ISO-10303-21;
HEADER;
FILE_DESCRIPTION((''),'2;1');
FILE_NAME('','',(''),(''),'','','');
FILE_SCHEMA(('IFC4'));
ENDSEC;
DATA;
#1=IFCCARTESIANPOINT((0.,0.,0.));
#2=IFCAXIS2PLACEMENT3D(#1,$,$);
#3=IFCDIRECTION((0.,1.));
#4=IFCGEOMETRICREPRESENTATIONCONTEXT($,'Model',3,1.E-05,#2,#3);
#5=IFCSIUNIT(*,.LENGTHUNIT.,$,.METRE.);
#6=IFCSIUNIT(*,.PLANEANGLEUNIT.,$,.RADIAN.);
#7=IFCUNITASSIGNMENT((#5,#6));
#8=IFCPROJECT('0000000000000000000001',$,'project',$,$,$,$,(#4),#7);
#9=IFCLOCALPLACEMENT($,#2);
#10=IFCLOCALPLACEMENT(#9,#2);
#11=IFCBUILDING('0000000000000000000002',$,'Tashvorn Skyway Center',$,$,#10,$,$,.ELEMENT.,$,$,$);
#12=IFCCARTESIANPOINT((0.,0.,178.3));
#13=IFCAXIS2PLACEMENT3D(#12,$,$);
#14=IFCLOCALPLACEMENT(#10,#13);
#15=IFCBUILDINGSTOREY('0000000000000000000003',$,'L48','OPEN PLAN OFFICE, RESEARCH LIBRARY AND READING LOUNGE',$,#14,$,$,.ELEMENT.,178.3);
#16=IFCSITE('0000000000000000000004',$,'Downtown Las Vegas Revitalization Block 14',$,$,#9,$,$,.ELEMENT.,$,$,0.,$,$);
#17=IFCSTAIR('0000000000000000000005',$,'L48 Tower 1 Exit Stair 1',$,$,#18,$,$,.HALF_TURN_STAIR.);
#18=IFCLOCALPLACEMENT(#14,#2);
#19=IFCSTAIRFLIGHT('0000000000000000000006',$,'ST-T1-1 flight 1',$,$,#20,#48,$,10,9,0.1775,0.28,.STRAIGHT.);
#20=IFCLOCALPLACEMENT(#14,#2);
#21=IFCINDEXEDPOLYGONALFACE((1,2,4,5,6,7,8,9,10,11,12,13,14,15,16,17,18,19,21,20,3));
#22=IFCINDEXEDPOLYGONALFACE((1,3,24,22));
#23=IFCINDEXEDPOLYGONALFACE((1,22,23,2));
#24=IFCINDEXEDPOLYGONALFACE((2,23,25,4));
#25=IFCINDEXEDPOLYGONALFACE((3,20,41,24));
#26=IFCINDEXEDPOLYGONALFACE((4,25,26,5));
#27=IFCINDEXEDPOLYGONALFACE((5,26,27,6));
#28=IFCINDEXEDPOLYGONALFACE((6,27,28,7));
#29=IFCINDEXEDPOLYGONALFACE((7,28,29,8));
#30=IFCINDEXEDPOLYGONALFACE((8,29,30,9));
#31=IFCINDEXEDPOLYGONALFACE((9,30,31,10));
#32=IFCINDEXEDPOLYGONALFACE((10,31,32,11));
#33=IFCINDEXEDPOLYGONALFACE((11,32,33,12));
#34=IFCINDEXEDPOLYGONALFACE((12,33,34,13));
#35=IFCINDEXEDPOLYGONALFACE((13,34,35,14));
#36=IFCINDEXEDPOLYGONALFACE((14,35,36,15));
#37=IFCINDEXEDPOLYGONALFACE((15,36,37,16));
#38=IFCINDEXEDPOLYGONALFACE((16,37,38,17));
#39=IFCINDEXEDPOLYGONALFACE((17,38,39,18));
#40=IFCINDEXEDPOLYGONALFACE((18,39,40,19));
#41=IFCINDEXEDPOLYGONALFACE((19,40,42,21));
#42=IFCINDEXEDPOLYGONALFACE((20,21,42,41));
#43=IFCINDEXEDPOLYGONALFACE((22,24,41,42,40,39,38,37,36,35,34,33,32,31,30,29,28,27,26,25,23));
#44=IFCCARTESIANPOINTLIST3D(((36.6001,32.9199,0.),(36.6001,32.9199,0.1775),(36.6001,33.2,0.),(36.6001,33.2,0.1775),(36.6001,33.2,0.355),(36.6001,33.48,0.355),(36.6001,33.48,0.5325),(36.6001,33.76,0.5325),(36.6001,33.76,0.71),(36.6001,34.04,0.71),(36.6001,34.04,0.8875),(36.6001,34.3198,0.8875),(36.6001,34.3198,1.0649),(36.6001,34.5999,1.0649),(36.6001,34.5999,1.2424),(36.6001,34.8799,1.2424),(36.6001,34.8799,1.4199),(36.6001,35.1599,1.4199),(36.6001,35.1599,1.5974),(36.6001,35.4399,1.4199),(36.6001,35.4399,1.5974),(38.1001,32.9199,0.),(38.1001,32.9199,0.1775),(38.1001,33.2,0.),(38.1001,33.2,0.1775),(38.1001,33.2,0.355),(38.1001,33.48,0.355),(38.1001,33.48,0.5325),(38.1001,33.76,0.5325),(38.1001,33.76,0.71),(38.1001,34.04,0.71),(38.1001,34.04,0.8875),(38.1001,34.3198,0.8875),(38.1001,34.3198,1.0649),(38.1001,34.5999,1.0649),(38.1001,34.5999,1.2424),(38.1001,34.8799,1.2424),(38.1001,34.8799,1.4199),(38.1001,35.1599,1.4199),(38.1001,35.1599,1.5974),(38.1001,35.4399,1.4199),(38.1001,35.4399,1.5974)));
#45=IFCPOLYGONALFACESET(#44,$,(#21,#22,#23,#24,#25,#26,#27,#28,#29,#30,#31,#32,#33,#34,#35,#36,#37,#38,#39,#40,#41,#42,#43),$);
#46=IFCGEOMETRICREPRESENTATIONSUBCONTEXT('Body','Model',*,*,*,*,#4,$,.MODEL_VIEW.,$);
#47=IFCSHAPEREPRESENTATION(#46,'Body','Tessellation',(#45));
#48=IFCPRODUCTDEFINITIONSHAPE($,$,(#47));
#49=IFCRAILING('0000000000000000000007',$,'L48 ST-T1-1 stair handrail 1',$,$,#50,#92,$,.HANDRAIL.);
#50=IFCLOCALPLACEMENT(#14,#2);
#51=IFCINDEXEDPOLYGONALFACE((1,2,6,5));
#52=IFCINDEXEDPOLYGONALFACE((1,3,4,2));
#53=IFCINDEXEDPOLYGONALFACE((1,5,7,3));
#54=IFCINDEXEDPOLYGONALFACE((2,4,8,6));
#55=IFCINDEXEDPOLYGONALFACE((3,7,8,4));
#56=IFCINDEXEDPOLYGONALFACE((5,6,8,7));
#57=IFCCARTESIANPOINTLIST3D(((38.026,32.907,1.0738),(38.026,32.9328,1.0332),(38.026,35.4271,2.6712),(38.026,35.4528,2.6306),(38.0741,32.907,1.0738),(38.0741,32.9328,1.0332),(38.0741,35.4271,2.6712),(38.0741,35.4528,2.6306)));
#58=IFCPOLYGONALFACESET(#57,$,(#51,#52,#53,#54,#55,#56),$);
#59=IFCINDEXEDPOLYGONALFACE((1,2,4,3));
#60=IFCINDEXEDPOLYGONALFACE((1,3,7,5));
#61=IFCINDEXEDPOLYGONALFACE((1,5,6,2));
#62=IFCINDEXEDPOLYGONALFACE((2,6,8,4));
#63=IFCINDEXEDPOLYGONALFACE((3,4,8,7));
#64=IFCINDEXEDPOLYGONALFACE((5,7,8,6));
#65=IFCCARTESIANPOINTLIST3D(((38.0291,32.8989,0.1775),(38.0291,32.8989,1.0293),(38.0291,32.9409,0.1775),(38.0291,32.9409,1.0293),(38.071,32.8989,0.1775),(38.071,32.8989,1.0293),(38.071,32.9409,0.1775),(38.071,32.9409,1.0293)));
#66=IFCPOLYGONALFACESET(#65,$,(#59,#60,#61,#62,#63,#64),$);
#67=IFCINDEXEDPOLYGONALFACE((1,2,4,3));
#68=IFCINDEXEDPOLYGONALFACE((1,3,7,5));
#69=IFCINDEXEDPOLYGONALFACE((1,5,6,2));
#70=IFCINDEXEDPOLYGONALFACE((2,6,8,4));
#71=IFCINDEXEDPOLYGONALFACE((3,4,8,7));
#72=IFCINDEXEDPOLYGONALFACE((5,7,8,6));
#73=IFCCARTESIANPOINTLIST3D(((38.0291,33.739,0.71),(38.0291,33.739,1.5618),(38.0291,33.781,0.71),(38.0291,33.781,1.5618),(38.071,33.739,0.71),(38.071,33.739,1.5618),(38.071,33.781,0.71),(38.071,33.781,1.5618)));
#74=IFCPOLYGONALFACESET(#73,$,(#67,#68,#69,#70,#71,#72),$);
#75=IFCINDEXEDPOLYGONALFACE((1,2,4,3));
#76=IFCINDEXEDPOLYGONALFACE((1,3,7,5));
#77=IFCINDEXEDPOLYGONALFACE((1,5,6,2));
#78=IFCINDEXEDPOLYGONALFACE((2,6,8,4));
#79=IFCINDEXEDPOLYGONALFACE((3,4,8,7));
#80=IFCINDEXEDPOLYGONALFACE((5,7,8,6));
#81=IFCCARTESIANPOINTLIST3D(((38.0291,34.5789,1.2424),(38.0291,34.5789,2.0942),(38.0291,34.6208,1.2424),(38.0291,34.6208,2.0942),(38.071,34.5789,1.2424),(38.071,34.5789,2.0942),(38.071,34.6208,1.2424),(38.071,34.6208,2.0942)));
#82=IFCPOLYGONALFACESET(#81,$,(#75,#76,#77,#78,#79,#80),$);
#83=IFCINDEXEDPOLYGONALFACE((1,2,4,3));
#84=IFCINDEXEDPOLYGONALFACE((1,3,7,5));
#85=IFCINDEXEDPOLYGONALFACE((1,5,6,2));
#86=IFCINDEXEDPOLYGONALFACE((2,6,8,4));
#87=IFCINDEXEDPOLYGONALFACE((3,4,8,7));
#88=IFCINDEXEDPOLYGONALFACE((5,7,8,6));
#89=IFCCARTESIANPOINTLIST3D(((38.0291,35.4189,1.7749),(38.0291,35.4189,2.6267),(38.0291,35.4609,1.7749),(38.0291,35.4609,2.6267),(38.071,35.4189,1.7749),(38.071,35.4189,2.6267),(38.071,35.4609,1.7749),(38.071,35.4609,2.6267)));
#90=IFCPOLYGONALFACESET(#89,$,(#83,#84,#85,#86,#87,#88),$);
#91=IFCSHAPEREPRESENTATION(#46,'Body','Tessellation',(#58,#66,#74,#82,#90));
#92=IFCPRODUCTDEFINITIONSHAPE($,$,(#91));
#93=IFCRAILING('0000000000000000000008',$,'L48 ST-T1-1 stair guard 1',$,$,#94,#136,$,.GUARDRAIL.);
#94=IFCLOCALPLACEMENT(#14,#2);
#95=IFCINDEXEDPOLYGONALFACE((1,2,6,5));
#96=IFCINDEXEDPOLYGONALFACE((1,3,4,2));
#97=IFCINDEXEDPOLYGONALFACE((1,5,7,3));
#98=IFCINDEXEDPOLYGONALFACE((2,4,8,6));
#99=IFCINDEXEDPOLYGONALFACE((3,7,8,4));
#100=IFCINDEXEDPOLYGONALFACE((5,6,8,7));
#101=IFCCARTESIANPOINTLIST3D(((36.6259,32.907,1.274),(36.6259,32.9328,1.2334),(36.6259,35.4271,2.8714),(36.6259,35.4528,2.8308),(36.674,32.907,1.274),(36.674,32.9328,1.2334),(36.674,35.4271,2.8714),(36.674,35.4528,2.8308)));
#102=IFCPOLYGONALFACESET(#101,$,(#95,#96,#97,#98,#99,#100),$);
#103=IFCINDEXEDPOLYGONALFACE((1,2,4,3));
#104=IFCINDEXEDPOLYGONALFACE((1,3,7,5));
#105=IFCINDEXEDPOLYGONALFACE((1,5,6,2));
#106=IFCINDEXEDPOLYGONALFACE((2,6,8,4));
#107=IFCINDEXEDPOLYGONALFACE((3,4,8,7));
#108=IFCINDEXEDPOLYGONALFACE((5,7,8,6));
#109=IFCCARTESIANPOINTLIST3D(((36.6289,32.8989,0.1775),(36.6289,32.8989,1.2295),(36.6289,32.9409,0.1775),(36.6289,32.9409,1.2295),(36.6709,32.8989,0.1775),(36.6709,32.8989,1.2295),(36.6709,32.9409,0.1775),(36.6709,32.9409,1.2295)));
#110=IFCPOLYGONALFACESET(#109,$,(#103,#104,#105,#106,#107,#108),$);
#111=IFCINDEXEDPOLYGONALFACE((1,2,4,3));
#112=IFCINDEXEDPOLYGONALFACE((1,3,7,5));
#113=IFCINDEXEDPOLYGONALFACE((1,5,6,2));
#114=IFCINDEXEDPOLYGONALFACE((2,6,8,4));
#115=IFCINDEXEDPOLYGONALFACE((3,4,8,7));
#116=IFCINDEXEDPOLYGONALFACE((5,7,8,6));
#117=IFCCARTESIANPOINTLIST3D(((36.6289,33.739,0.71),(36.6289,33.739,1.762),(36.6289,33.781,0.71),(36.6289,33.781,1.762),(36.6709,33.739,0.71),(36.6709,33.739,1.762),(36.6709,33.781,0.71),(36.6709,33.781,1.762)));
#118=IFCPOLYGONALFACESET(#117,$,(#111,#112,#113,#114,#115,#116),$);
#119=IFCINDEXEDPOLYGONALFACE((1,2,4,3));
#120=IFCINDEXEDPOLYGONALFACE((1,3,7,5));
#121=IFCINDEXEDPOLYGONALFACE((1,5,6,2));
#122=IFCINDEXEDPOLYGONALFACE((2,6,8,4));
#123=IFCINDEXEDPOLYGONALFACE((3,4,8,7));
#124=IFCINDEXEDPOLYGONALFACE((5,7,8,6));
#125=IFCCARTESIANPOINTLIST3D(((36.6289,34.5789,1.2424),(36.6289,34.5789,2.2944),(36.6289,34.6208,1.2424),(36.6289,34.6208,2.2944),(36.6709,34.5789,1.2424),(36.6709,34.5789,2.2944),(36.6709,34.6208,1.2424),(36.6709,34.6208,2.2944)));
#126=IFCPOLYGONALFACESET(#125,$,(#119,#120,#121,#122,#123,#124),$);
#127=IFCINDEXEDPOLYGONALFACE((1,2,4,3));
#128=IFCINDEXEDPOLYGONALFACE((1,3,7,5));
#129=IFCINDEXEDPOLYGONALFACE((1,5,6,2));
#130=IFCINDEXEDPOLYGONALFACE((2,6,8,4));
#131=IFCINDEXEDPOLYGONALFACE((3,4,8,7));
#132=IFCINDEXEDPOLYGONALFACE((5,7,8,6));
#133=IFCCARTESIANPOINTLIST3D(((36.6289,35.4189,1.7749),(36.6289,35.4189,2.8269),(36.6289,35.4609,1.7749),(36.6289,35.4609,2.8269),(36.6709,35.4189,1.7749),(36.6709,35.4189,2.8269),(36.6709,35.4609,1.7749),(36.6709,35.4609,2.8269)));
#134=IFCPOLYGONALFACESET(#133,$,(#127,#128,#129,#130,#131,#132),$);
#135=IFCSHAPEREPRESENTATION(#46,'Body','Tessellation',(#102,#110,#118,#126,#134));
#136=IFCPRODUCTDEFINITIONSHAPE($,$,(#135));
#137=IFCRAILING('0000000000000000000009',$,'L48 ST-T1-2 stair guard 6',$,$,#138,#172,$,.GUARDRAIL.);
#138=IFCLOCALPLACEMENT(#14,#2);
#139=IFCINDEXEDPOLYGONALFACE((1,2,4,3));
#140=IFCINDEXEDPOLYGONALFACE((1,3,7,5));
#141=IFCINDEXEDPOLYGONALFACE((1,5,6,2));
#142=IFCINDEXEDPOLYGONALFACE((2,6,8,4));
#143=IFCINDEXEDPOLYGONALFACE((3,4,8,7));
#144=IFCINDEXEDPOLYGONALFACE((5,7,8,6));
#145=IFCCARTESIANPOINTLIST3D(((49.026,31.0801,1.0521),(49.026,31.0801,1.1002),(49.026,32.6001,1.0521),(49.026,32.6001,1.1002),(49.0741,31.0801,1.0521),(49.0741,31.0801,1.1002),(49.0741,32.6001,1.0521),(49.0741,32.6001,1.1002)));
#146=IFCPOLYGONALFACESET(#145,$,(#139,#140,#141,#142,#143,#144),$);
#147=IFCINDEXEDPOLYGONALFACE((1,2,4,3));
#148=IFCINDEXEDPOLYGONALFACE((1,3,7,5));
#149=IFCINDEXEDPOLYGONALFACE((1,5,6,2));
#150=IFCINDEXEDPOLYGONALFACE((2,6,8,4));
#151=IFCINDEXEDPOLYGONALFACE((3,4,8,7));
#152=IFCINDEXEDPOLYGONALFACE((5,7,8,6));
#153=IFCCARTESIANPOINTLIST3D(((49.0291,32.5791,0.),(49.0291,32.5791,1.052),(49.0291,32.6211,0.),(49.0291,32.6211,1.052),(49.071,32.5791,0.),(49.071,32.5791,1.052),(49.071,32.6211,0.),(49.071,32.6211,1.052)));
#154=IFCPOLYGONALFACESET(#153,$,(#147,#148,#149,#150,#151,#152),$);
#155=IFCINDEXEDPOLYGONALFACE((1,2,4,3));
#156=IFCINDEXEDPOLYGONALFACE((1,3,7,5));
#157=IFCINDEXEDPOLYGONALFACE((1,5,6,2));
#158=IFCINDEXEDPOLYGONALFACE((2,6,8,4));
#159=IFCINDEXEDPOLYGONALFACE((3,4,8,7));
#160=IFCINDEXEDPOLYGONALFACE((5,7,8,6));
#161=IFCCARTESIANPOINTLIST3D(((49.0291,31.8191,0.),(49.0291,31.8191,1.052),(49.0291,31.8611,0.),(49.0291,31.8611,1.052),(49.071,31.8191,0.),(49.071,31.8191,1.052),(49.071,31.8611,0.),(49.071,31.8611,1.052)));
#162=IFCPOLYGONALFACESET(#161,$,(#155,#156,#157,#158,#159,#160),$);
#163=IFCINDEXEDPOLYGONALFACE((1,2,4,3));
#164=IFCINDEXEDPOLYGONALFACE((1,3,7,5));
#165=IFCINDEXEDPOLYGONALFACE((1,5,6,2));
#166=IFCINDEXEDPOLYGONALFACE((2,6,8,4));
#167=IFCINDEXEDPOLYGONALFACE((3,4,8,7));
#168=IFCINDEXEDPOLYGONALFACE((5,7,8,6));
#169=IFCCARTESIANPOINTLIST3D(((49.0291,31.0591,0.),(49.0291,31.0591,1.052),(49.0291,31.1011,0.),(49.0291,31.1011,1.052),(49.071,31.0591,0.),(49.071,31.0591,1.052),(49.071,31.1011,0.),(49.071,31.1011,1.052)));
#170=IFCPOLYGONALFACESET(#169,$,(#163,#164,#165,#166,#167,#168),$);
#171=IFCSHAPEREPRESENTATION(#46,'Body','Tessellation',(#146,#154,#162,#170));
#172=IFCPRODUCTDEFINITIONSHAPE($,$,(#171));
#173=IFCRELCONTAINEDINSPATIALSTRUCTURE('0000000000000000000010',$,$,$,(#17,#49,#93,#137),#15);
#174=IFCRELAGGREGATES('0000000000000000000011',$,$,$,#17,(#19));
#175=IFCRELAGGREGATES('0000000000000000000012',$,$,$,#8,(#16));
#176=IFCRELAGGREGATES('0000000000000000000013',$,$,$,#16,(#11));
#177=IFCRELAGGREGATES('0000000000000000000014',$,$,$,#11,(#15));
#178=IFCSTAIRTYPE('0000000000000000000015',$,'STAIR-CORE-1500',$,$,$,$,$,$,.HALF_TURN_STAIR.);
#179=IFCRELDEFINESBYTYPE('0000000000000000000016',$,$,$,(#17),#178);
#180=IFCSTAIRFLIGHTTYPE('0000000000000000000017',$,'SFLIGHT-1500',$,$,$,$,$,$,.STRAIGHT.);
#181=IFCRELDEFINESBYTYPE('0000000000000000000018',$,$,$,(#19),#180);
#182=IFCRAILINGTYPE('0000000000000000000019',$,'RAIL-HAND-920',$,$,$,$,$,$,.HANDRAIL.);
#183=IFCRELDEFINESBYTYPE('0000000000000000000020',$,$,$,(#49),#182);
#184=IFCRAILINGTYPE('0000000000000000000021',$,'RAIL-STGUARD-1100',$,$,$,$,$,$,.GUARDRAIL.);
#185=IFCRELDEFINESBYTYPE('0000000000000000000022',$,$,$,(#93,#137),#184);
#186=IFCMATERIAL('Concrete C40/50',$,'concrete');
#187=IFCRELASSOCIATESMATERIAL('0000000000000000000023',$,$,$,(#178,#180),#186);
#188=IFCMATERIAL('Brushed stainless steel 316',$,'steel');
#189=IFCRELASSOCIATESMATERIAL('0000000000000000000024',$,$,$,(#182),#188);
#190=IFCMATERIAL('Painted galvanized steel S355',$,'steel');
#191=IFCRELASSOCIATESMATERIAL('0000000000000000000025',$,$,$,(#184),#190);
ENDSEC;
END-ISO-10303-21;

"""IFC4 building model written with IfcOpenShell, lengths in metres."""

from ifc_helpers import new_model, si_unit, direction, frame, origin, origin_2d, place, context, subcontext, project, spatial, polyline, rectangle, outline, extrude, material, type_object, element, aggregate, save


model = new_model("IFC4")

# Units and contexts
model_context = context("Model", 3, precision=1e-05, world=origin(), true_north=direction((0.0, 1.0)))
body_context = subcontext(model_context, "Body", "Model", "MODEL_VIEW")
ifc_project = project(units=[si_unit("LENGTHUNIT", "METRE"), si_unit("PLANEANGLEUNIT", "RADIAN")], contexts=[model_context])

# Site, building, storey
site_placement = place(None, origin())
site = spatial("IfcSite", under=ifc_project, at=site_placement, Name="Downtown Las Vegas Revitalization Block 14", CompositionType="ELEMENT", RefElevation=0.0)
building_placement = place(site_placement, origin())
building = spatial("IfcBuilding", under=site, at=building_placement, Name="Tashvorn Skyway Center", CompositionType="ELEMENT")
storey_placement = place(building_placement, frame((0.0, 0.0, 178.3)))
storey = spatial("IfcBuildingStorey", under=building, at=storey_placement, Name="L48", Description="OPEN PLAN OFFICE, RESEARCH LIBRARY AND READING LOUNGE", CompositionType="ELEMENT", Elevation=178.3)

# Shared definitions
ifc_material_1 = material(Name="Concrete C40/50", Category="concrete")

# Stair, stair flight
stair_type = type_object("IfcStairType", Name="STAIR-CORE-1500", PredefinedType="HALF_TURN_STAIR", material=ifc_material_1)
stair_placement = place(storey_placement, origin())
stair = element("IfcStair", 1, at=stair_placement, inside=storey, type_object=stair_type, Name="L48 Tower 1 Exit Stair 1", PredefinedType="HALF_TURN_STAIR")
stair_flight_type = type_object("IfcStairFlightType", Name="SFLIGHT-1500", PredefinedType="STRAIGHT", material=ifc_material_1)
stair_flight_placement = place(storey_placement, frame((37.3501, 32.9199, 0.0), z_axis=(0.0, 0.0, 1.0), x_axis=(0.0, 1.0, 0.0)))
stair_flight = element("IfcStairFlight", 2, at=stair_flight_placement, type_object=stair_flight_type, Name="ST-T1-1 flight 1", NumberOfRisers=10, NumberOfTreads=9, PredefinedType="STRAIGHT", RiserHeight=0.1775, TreadLength=0.28, context=body_context, shape_type="SweptSolid", body=[
    extrude(outline(polyline([(0.0, 0.0), (0.0, 0.1775), (0.28, 0.1775), (0.28, 0.355), (0.5601, 0.355), (0.5601, 0.5325), (0.8401, 0.5325), (0.8401, 0.71), (1.1201, 0.71), (1.1201, 0.8875), (1.3999, 0.8875), (1.3999, 1.0649), (1.6799, 1.0649), (1.6799, 1.2424), (1.96, 1.2424), (1.96, 1.4199), (2.24, 1.4199), (2.24, 1.5974), (2.52, 1.5974), (2.52, 1.7749), (2.52, 1.4199), (0.28, 0.0), (0.0, 0.0)])), frame((0.0, 0.75, 0.0), z_axis=(0.0, -1.0, 0.0), x_axis=(1.0, 0.0, 0.0)), (0.0, 0.0, 1.0), 1.5),
])
aggregate(stair, [stair_flight])

# Railings
ifc_material_2 = material(Name="Brushed stainless steel 316", Category="steel")
railing_type_1 = type_object("IfcRailingType", Name="RAIL-HAND-920", PredefinedType="HANDRAIL", material=ifc_material_2)
railing_1_placement = place(storey_placement, frame((38.05, 32.9199, 0.1775)))
element("IfcRailing", 3, at=railing_1_placement, inside=storey, type_object=railing_type_1, Name="L48 ST-T1-1 stair handrail 1", PredefinedType="HANDRAIL", context=body_context, shape_type="SweptSolid", body=[
    extrude(rectangle(XDim=0.0481, YDim=0.0481, at=origin_2d()), frame((0.0, 0.0, 0.876), z_axis=(0.0, 0.844607, 0.535387), x_axis=(-1.0, 0.0, 0.0)), (0.0, 0.0, 1.0), 2.9836),
    extrude(rectangle(XDim=0.042, YDim=0.042, at=origin_2d()), origin(), (0.0, 0.0, 1.0), 0.8518),
    extrude(rectangle(XDim=0.042, YDim=0.042, at=origin_2d()), frame((0.0, 0.8401, 0.5325)), (0.0, 0.0, 1.0), 0.8518),
    extrude(rectangle(XDim=0.042, YDim=0.042, at=origin_2d()), frame((0.0, 1.6799, 1.0649)), (0.0, 0.0, 1.0), 0.8518),
    extrude(rectangle(XDim=0.042, YDim=0.042, at=origin_2d()), frame((0.0, 2.52, 1.5974)), (0.0, 0.0, 1.0), 0.8518),
])
ifc_material_3 = material(Name="Painted galvanized steel S355", Category="steel")
railing_type_2 = type_object("IfcRailingType", Name="RAIL-STGUARD-1100", PredefinedType="GUARDRAIL", material=ifc_material_3)
railing_2_placement = place(storey_placement, frame((36.6499, 32.9199, 0.1775)))
element("IfcRailing", 4, at=railing_2_placement, inside=storey, type_object=railing_type_2, Name="L48 ST-T1-1 stair guard 1", PredefinedType="GUARDRAIL", context=body_context, shape_type="SweptSolid", body=[
    extrude(rectangle(XDim=0.0481, YDim=0.0481, at=origin_2d()), frame((0.0, 0.0, 1.0762), z_axis=(0.0, 0.844607, 0.535387), x_axis=(-1.0, 0.0, 0.0)), (0.0, 0.0, 1.0), 2.9836),
    extrude(rectangle(XDim=0.042, YDim=0.042, at=origin_2d()), origin(), (0.0, 0.0, 1.0), 1.052),
    extrude(rectangle(XDim=0.042, YDim=0.042, at=origin_2d()), frame((0.0, 0.8401, 0.5325)), (0.0, 0.0, 1.0), 1.052),
    extrude(rectangle(XDim=0.042, YDim=0.042, at=origin_2d()), frame((0.0, 1.6799, 1.0649)), (0.0, 0.0, 1.0), 1.052),
    extrude(rectangle(XDim=0.042, YDim=0.042, at=origin_2d()), frame((0.0, 2.52, 1.5974)), (0.0, 0.0, 1.0), 1.052),
])
railing_3_placement = place(storey_placement, frame((49.05, 32.6001, 0.0)))
element("IfcRailing", 5, at=railing_3_placement, inside=storey, type_object=railing_type_2, Name="L48 ST-T1-2 stair guard 6", PredefinedType="GUARDRAIL", context=body_context, shape_type="SweptSolid", body=[
    extrude(rectangle(XDim=0.0481, YDim=0.0481, at=origin_2d()), frame((0.0, 0.0, 1.0762), z_axis=(0.0, -1.0, 0.0), x_axis=(1.0, 0.0, 0.0)), (0.0, 0.0, 1.0), 1.52),
    extrude(rectangle(XDim=0.042, YDim=0.042, at=origin_2d()), origin(), (0.0, 0.0, 1.0), 1.052),
    extrude(rectangle(XDim=0.042, YDim=0.042, at=origin_2d()), frame((0.0, -0.76, 0.0)), (0.0, 0.0, 1.0), 1.052),
    extrude(rectangle(XDim=0.042, YDim=0.042, at=origin_2d()), frame((0.0, -1.52, 0.0)), (0.0, 0.0, 1.0), 1.052),
])

save(model, "model.ifc")
